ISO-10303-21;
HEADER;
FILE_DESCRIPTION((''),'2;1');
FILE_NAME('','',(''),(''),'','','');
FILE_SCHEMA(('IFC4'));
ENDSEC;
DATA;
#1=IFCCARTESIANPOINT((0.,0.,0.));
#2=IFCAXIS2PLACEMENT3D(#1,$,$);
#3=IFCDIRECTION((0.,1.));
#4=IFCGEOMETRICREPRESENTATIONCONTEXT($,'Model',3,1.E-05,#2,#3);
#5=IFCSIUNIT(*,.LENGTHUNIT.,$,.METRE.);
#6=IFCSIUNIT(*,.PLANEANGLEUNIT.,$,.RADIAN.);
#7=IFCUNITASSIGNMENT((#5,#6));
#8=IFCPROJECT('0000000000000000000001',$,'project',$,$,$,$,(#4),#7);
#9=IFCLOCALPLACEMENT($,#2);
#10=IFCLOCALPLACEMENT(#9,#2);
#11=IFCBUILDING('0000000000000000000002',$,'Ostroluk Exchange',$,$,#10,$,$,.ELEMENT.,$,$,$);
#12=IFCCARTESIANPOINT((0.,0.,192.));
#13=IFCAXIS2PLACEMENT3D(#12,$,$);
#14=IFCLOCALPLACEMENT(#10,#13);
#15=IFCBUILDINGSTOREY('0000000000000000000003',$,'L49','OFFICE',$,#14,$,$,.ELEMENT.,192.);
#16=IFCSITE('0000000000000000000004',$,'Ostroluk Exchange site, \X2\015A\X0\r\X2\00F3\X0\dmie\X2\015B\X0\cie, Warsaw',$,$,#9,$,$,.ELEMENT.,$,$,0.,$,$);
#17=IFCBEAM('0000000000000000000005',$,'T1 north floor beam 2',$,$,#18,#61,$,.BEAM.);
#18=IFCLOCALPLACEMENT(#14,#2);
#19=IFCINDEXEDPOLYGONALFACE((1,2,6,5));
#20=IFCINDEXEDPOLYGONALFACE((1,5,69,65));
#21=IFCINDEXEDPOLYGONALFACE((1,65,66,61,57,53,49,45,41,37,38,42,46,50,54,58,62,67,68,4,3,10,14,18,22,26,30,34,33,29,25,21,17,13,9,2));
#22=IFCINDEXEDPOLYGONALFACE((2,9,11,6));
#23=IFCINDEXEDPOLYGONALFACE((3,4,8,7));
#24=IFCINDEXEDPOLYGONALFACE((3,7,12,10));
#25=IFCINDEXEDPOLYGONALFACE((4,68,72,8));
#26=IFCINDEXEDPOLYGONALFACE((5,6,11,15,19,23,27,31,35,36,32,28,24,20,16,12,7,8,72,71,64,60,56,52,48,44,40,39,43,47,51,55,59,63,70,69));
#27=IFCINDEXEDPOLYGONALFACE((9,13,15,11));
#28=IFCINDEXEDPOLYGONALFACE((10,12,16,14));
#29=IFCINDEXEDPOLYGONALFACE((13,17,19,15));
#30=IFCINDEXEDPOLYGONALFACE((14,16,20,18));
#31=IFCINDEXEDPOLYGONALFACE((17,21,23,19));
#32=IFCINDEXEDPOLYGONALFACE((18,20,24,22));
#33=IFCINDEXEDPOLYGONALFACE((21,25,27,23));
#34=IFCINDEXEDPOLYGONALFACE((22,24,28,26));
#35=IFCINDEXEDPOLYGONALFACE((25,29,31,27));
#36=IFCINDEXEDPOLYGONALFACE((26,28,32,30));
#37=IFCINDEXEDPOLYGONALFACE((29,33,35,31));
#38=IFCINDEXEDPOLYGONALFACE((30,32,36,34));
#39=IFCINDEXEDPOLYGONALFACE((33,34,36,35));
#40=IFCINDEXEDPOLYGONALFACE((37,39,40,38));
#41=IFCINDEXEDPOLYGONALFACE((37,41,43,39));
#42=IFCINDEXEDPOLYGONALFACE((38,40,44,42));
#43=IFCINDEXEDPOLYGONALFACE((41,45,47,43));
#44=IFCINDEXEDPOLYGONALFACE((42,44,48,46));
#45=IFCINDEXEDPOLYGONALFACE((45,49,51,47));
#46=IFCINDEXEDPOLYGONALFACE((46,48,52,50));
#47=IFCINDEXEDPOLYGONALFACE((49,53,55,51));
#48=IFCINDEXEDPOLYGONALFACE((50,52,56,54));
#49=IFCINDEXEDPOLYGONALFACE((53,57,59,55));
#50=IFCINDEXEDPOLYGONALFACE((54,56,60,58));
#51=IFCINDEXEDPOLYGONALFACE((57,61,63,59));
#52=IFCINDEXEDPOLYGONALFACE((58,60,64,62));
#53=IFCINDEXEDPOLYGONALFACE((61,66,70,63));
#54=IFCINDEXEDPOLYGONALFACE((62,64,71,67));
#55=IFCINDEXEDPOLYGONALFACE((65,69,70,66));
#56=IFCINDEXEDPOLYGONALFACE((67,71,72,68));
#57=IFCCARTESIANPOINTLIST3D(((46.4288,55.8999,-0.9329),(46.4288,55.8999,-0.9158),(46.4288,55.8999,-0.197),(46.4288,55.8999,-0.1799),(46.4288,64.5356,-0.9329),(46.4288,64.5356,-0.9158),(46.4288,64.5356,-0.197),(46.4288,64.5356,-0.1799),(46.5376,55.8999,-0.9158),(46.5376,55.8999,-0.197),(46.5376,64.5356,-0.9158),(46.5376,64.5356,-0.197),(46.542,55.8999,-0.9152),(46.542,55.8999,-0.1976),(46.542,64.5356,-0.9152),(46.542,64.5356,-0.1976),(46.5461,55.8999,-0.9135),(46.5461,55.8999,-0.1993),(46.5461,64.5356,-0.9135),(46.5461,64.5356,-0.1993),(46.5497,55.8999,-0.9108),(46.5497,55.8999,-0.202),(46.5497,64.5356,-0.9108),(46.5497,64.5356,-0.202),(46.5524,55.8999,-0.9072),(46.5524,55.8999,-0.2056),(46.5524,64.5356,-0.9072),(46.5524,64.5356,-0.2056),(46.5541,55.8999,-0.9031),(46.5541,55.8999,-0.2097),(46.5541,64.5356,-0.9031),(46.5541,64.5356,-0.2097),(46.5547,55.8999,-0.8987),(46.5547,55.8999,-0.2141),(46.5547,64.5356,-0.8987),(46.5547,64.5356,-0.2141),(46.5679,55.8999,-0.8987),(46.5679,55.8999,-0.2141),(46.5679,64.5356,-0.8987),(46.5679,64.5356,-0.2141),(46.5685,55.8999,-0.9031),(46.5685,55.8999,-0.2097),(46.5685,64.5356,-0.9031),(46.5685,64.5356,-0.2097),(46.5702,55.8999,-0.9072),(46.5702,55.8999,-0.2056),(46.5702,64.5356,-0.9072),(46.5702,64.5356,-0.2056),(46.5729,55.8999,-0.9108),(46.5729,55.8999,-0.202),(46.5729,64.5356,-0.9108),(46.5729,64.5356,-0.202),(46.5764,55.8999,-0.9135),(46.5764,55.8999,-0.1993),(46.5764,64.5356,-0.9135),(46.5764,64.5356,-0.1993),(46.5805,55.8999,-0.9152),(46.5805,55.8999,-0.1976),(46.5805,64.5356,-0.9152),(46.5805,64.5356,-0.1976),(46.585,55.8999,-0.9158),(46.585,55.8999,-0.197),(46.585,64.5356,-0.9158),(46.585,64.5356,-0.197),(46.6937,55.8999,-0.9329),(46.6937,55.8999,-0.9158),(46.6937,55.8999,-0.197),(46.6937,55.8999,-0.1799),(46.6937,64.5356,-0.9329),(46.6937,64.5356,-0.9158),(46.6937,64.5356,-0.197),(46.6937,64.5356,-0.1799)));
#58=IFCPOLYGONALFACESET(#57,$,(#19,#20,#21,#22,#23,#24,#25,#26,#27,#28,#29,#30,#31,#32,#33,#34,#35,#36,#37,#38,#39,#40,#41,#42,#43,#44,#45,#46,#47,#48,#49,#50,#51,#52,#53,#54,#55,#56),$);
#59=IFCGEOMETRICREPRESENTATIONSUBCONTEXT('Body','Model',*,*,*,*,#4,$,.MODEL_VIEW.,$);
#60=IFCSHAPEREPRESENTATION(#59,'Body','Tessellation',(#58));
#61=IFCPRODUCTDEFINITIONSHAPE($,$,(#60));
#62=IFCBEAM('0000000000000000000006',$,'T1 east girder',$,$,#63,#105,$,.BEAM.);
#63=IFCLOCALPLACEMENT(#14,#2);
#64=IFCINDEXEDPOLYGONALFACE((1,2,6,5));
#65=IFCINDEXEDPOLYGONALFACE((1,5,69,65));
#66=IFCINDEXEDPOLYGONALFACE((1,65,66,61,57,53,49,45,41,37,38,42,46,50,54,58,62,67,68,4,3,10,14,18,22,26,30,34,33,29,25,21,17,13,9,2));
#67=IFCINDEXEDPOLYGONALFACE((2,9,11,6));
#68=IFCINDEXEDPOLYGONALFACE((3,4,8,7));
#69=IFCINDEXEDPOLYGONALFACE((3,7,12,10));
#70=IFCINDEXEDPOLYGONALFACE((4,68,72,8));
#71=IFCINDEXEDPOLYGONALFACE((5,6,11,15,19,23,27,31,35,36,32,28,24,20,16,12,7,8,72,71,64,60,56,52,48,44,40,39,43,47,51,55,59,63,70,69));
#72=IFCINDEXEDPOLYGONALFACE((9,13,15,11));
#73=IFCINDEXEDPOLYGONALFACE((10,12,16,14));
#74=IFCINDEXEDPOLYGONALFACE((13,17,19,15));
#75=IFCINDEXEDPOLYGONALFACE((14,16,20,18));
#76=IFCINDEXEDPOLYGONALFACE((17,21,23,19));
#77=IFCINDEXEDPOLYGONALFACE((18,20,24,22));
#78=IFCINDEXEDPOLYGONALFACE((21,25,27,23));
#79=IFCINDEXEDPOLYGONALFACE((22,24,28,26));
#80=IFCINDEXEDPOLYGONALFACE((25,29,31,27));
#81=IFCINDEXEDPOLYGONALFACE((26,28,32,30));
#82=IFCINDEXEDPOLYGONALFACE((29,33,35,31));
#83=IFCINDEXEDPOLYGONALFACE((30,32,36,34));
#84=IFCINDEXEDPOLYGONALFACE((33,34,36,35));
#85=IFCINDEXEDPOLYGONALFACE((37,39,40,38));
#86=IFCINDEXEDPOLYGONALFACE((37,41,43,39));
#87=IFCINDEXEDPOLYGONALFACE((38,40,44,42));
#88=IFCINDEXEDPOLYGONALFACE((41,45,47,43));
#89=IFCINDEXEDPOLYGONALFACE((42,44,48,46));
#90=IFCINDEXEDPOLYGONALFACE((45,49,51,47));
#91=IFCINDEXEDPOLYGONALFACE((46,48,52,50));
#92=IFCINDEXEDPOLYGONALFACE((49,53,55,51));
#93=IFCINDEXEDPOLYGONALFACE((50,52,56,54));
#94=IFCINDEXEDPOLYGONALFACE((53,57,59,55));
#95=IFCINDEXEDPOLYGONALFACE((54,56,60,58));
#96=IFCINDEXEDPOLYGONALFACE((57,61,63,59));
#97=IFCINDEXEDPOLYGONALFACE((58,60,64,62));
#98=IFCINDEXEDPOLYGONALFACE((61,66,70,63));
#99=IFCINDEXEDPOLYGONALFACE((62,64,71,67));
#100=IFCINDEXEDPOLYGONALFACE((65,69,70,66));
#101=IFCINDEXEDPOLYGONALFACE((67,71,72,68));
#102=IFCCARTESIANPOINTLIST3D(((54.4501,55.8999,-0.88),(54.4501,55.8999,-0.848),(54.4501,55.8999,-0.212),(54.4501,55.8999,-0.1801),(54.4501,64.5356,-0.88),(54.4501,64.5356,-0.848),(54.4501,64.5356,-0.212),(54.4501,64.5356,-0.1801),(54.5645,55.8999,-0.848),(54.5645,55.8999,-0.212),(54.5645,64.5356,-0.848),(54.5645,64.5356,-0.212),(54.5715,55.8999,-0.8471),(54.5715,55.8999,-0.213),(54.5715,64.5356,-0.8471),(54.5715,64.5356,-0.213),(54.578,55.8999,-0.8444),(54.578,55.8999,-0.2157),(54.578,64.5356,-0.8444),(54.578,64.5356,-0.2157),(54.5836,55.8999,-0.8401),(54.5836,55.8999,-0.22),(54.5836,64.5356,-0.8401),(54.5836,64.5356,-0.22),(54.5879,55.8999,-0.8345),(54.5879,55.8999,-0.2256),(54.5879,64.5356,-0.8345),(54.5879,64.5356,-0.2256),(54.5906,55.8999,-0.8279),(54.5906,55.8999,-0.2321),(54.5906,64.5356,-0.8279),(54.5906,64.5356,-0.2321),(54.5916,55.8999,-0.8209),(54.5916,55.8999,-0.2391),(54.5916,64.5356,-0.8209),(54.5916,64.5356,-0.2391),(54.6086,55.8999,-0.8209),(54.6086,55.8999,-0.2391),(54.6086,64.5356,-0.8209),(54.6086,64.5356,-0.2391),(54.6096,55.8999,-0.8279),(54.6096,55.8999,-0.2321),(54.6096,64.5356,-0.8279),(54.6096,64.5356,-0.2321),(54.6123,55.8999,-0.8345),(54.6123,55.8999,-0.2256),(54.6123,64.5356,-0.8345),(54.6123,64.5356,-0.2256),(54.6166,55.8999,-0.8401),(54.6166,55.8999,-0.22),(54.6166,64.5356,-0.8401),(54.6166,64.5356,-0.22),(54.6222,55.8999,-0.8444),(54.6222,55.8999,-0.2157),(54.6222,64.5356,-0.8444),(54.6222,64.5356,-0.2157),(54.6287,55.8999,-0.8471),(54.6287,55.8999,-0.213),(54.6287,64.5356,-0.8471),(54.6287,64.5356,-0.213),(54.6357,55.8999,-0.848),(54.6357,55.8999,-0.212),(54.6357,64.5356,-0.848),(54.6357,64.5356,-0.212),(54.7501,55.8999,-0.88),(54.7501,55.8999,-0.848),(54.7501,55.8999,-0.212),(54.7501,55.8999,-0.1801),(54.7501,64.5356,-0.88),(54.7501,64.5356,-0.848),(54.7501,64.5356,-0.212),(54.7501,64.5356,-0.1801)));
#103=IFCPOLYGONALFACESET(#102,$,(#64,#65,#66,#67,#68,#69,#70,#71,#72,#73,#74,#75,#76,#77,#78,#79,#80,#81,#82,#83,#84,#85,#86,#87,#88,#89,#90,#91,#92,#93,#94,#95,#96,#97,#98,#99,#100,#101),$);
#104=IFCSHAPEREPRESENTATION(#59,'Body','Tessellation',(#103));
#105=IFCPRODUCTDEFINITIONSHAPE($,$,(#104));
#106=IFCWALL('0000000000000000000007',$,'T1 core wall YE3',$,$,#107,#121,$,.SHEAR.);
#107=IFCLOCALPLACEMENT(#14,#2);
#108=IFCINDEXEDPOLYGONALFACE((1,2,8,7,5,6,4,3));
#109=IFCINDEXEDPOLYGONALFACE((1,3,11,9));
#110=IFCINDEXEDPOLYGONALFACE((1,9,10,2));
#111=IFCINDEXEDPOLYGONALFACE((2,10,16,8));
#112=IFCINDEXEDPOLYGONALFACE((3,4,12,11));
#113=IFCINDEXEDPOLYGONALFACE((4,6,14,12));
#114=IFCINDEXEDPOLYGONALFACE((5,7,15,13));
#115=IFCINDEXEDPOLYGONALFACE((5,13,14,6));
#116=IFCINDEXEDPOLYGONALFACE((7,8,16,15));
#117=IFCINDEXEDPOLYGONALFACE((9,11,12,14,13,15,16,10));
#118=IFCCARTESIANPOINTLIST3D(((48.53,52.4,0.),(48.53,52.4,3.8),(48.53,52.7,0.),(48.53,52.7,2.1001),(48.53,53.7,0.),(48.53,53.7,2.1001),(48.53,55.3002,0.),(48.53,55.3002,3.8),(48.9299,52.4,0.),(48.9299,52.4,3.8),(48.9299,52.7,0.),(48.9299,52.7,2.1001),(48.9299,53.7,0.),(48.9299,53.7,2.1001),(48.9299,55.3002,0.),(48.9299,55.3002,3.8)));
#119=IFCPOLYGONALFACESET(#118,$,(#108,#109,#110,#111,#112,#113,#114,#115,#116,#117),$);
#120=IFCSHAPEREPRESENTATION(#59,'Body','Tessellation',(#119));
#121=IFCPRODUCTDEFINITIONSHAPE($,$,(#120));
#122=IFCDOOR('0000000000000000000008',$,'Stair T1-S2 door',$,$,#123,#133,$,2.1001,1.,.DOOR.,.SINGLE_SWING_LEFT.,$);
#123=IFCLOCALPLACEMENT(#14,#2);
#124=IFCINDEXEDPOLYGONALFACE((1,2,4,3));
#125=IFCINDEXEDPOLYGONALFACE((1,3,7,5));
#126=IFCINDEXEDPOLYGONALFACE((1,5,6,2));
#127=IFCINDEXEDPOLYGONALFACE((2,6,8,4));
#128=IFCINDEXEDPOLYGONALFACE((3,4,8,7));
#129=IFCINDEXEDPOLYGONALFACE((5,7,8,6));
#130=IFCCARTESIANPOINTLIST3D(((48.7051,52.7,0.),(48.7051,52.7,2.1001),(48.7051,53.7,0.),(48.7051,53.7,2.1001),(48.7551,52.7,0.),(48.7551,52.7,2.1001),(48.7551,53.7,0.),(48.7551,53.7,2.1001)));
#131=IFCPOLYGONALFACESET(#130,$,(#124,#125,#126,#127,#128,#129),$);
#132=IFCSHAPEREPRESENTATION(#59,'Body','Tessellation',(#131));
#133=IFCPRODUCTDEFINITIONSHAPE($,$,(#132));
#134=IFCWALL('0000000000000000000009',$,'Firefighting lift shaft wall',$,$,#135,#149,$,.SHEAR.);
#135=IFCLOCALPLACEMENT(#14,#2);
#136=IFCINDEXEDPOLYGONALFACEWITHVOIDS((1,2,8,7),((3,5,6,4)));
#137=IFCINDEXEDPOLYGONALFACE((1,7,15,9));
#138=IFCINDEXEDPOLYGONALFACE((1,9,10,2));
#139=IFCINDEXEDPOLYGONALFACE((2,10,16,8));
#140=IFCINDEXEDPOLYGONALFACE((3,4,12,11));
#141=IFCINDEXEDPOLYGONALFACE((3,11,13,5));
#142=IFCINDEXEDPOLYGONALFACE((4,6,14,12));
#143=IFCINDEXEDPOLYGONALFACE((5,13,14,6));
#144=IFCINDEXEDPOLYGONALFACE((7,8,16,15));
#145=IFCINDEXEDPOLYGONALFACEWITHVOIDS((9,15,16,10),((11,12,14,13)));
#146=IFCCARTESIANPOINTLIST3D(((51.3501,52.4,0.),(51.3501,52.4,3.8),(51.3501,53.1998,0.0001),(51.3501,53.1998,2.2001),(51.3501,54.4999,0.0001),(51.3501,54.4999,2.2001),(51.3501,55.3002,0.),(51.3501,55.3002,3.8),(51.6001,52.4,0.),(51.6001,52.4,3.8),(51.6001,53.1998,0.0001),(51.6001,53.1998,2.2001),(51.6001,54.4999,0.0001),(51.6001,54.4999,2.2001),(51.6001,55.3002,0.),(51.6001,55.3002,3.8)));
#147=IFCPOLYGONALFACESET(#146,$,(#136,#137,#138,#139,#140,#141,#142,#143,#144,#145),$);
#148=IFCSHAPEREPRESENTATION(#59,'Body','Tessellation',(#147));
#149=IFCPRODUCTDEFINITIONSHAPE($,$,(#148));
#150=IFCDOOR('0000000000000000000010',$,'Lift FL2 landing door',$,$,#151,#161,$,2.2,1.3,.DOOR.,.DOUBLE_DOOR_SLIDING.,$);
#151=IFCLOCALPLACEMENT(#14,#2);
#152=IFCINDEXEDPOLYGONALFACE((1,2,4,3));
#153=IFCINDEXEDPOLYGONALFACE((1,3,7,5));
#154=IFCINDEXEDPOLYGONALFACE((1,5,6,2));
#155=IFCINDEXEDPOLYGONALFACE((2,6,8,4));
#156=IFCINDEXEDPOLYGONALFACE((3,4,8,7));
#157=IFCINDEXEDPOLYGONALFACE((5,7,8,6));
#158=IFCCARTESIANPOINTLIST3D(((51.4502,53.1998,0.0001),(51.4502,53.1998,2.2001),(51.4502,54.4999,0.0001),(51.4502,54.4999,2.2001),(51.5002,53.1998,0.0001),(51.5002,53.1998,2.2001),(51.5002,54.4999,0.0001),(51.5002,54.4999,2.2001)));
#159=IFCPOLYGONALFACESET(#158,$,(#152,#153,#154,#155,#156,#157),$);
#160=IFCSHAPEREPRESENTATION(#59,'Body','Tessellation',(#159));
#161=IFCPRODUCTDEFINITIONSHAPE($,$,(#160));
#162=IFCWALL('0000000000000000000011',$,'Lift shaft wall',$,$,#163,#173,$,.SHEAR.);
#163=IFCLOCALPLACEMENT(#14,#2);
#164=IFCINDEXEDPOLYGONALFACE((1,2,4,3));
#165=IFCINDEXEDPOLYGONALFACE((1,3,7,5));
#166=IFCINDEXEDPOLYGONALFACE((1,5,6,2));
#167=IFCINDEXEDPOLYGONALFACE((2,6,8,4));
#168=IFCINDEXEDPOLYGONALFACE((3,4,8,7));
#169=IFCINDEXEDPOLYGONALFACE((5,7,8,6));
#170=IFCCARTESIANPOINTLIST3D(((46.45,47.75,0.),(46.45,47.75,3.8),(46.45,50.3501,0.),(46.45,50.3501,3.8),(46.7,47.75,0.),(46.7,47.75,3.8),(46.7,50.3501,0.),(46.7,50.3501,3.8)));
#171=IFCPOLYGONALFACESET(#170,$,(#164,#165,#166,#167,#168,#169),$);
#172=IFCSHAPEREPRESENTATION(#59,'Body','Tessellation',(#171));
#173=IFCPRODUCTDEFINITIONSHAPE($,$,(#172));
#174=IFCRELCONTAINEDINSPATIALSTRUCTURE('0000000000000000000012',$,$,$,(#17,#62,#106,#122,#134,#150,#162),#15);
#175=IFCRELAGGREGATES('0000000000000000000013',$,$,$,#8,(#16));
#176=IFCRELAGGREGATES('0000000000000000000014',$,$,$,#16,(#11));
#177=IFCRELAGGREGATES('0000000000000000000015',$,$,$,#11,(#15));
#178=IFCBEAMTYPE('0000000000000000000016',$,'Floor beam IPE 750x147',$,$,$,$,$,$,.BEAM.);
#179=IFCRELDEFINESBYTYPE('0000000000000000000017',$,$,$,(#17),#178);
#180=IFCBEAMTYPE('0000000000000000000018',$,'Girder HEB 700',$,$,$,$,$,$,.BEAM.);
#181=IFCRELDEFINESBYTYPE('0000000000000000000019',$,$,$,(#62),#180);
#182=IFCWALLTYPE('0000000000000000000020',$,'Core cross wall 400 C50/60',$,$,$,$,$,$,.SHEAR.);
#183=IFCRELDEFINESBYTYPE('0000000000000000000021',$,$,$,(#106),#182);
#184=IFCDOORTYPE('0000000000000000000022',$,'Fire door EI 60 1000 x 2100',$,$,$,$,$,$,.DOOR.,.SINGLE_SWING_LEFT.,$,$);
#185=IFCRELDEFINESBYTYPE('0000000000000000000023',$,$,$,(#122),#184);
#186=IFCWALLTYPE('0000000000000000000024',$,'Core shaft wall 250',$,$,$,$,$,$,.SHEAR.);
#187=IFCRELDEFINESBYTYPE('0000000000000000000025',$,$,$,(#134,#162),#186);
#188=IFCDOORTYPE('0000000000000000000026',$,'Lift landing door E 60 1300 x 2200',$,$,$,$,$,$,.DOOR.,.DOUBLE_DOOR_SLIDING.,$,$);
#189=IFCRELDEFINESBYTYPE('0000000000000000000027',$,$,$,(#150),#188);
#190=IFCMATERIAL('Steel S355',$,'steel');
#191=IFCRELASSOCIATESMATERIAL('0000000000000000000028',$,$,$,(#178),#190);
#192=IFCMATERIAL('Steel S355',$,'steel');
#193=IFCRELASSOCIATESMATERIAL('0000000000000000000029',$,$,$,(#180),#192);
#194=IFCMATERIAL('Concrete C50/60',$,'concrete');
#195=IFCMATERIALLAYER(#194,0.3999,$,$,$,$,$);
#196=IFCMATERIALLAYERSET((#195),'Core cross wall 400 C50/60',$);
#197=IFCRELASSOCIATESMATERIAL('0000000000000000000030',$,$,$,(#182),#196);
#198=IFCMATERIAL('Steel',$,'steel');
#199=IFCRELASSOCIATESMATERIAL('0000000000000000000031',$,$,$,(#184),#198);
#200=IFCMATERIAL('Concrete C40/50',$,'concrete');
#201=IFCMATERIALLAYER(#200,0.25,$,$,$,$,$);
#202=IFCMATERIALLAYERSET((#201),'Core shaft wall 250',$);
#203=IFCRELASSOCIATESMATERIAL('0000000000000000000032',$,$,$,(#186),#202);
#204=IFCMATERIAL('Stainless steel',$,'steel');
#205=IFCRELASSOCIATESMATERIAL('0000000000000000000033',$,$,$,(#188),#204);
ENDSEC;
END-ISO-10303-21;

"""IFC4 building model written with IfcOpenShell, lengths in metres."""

from ifc_helpers import new_model, si_unit, direction, frame, frame_2d, origin, origin_2d, place, context, subcontext, project, spatial, rectangle, i_section, extrude, material, layer, layer_set, material_profile, profile_set, type_object, element, fill, save


model = new_model("IFC4")

# Units and contexts
model_context = context("Model", 3, precision=1e-05, world=origin(), true_north=direction((0.0, 1.0)))
body_context = subcontext(model_context, "Body", "Model", "MODEL_VIEW")
ifc_project = project(units=[si_unit("LENGTHUNIT", "METRE"), si_unit("PLANEANGLEUNIT", "RADIAN")], contexts=[model_context])

# Site, building, storey
site_placement = place(None, origin())
site = spatial("IfcSite", under=ifc_project, at=site_placement, Name="Ostroluk Exchange site, Śródmieście, Warsaw", CompositionType="ELEMENT", RefElevation=0.0)
building_placement = place(site_placement, origin())
building = spatial("IfcBuilding", under=site, at=building_placement, Name="Ostroluk Exchange", CompositionType="ELEMENT")
storey_placement = place(building_placement, frame((0.0, 0.0, 192.0)))
storey = spatial("IfcBuildingStorey", under=building, at=storey_placement, Name="L49", Description="OFFICE", CompositionType="ELEMENT", Elevation=192.0)

# Beams
ifc_material_1 = material(Name="Steel S355", Category="steel")
ifc_material_profile_1 = material_profile(ifc_material_1, i_section(OverallWidth=0.2649, OverallDepth=0.7529, WebThickness=0.0132, FlangeThickness=0.0171, FilletRadius=0.0171, at=origin_2d()), Name="IPE 750x147")
ifc_profile_set_1 = profile_set([ifc_material_profile_1], Name="Steel S355")
beam_type_1 = type_object("IfcBeamType", Name="Floor beam IPE 750x147", PredefinedType="BEAM", material=ifc_profile_set_1)
for number, where, z_axis, x_axis, name in (
    (1, (46.5613, 55.8999, -0.5564), (0.0, 1.0, 0.0), (-1.0, 0.0, 0.0), "T1 north floor beam 2"),
):
    element("IfcBeam", number, at=place(storey_placement, frame(where, z_axis=z_axis, x_axis=x_axis)), inside=storey, type_object=beam_type_1, Name=name, PredefinedType="BEAM", context=body_context, shape_type="SweptSolid", body=[
        extrude(i_section(OverallWidth=0.2649, OverallDepth=0.7529, WebThickness=0.0132, FlangeThickness=0.0171, FilletRadius=0.0171, at=origin_2d()), origin(), (0.0, 0.0, 1.0), 8.6357),
    ])
ifc_material_2 = material(Name="Steel S355", Category="steel")
ifc_material_profile_2 = material_profile(ifc_material_2, i_section(OverallWidth=0.3, OverallDepth=0.7, WebThickness=0.0171, FlangeThickness=0.032, FilletRadius=0.0271, at=origin_2d()), Name="HEB 700")
ifc_profile_set_2 = profile_set([ifc_material_profile_2], Name="Steel S355")
beam_type_2 = type_object("IfcBeamType", Name="Girder HEB 700", PredefinedType="BEAM", material=ifc_profile_set_2)
beam_1_placement = place(storey_placement, frame((54.6001, 55.8999, -0.53), z_axis=(0.0, 1.0, 0.0), x_axis=(-1.0, 0.0, 0.0)))
element("IfcBeam", 2, at=beam_1_placement, inside=storey, type_object=beam_type_2, Name="T1 east girder", PredefinedType="BEAM", context=body_context, shape_type="SweptSolid", body=[
    extrude(i_section(OverallWidth=0.3, OverallDepth=0.7, WebThickness=0.0171, FlangeThickness=0.032, FilletRadius=0.0271, at=origin_2d()), origin(), (0.0, 0.0, 1.0), 8.6357),
])

# Walls, openings, doors
ifc_material_3 = material(Name="Concrete C50/60", Category="concrete")
ifc_layer_1 = layer(ifc_material_3, 0.3999)
ifc_layer_set_1 = layer_set([ifc_layer_1], Name="Core cross wall 400 C50/60")
wall_type_1 = type_object("IfcWallType", Name="Core cross wall 400 C50/60", PredefinedType="SHEAR", material=ifc_layer_set_1)
wall_1_placement = place(storey_placement, frame((48.73, 52.3999, 0.0), z_axis=(0.0, 0.0, 1.0), x_axis=(0.0, 1.0, 0.0)))
wall_1 = element("IfcWall", 3, at=wall_1_placement, inside=storey, type_object=wall_type_1, Name="T1 core wall YE3", PredefinedType="SHEAR", context=body_context, shape_type="SweptSolid", body=[
    extrude(rectangle(XDim=2.9001, YDim=0.3999, at=frame_2d((1.4502, 0.0))), origin(), (0.0, 0.0, 1.0), 3.8),
])
opening_1_placement = place(wall_1_placement, frame((0.3, 0.0, 0.0)))
opening_1 = element("IfcOpeningElement", 4, at=opening_1_placement, cuts=wall_1, PredefinedType="OPENING", context=body_context, shape_type="SweptSolid", body=[
    extrude(rectangle(XDim=1.0, YDim=2.1001, at=frame_2d((0.5, 1.05))), frame((0.0, 0.21, 0.0), z_axis=(0.0, -1.0, 0.0), x_axis=(1.0, 0.0, 0.0)), (0.0, 0.0, 1.0), 0.4199),
])
ifc_material_4 = material(Name="Steel", Category="steel")
door_type_1 = type_object("IfcDoorType", Name="Fire door EI 60 1000 x 2100", OperationType="SINGLE_SWING_LEFT", PredefinedType="DOOR", material=ifc_material_4)
door_1_placement = place(opening_1_placement, origin())
door_1 = element("IfcDoor", 5, at=door_1_placement, inside=storey, type_object=door_type_1, Name="Stair T1-S2 door", OperationType="SINGLE_SWING_LEFT", OverallHeight=2.1001, OverallWidth=1.0, PredefinedType="DOOR", context=body_context, shape_type="SweptSolid", body=[
    extrude(rectangle(XDim=1.0, YDim=2.1001, at=frame_2d((0.5, 1.05))), frame((0.0, 0.0249, 0.0), z_axis=(0.0, -1.0, 0.0), x_axis=(1.0, 0.0, 0.0)), (0.0, 0.0, 1.0), 0.05),
])
fill(opening_1, door_1)
ifc_material_5 = material(Name="Concrete C40/50", Category="concrete")
ifc_layer_2 = layer(ifc_material_5, 0.25)
ifc_layer_set_2 = layer_set([ifc_layer_2], Name="Core shaft wall 250")
wall_type_2 = type_object("IfcWallType", Name="Core shaft wall 250", PredefinedType="SHEAR", material=ifc_layer_set_2)
wall_2_placement = place(storey_placement, frame((51.4751, 52.3999, 0.0), z_axis=(0.0, 0.0, 1.0), x_axis=(0.0, 1.0, 0.0)))
wall_2 = element("IfcWall", 6, at=wall_2_placement, inside=storey, type_object=wall_type_2, Name="Firefighting lift shaft wall", PredefinedType="SHEAR", context=body_context, shape_type="SweptSolid", body=[
    extrude(rectangle(XDim=2.9001, YDim=0.25, at=frame_2d((1.4502, 0.0))), origin(), (0.0, 0.0, 1.0), 3.8),
])
opening_2_placement = place(wall_2_placement, frame((0.8, 0.0, 0.0)))
opening_2 = element("IfcOpeningElement", 7, at=opening_2_placement, cuts=wall_2, PredefinedType="OPENING", context=body_context, shape_type="SweptSolid", body=[
    extrude(rectangle(XDim=1.3, YDim=2.2, at=frame_2d((0.6499, 1.1001))), frame((0.0, 0.135, 0.0), z_axis=(0.0, -1.0, 0.0), x_axis=(1.0, 0.0, 0.0)), (0.0, 0.0, 1.0), 0.27),
])
ifc_material_6 = material(Name="Stainless steel", Category="steel")
door_type_2 = type_object("IfcDoorType", Name="Lift landing door E 60 1300 x 2200", OperationType="DOUBLE_DOOR_SLIDING", PredefinedType="DOOR", material=ifc_material_6)
door_2_placement = place(opening_2_placement, origin())
door_2 = element("IfcDoor", 8, at=door_2_placement, inside=storey, type_object=door_type_2, Name="Lift FL2 landing door", OperationType="DOUBLE_DOOR_SLIDING", OverallHeight=2.2, OverallWidth=1.3, PredefinedType="DOOR", context=body_context, shape_type="SweptSolid", body=[
    extrude(rectangle(XDim=1.3, YDim=2.2, at=frame_2d((0.6499, 1.1001))), frame((0.0, 0.0249, 0.0), z_axis=(0.0, -1.0, 0.0), x_axis=(1.0, 0.0, 0.0)), (0.0, 0.0, 1.0), 0.05),
])
fill(opening_2, door_2)

# Wall
wall_3_placement = place(storey_placement, frame((46.575, 47.75, 0.0), z_axis=(0.0, 0.0, 1.0), x_axis=(0.0, 1.0, 0.0)))
element("IfcWall", 9, at=wall_3_placement, inside=storey, type_object=wall_type_2, Name="Lift shaft wall", PredefinedType="SHEAR", context=body_context, shape_type="SweptSolid", body=[
    extrude(rectangle(XDim=2.6001, YDim=0.25, at=frame_2d((1.3, 0.0))), origin(), (0.0, 0.0, 1.0), 3.8),
])

save(model, "model.ifc")
